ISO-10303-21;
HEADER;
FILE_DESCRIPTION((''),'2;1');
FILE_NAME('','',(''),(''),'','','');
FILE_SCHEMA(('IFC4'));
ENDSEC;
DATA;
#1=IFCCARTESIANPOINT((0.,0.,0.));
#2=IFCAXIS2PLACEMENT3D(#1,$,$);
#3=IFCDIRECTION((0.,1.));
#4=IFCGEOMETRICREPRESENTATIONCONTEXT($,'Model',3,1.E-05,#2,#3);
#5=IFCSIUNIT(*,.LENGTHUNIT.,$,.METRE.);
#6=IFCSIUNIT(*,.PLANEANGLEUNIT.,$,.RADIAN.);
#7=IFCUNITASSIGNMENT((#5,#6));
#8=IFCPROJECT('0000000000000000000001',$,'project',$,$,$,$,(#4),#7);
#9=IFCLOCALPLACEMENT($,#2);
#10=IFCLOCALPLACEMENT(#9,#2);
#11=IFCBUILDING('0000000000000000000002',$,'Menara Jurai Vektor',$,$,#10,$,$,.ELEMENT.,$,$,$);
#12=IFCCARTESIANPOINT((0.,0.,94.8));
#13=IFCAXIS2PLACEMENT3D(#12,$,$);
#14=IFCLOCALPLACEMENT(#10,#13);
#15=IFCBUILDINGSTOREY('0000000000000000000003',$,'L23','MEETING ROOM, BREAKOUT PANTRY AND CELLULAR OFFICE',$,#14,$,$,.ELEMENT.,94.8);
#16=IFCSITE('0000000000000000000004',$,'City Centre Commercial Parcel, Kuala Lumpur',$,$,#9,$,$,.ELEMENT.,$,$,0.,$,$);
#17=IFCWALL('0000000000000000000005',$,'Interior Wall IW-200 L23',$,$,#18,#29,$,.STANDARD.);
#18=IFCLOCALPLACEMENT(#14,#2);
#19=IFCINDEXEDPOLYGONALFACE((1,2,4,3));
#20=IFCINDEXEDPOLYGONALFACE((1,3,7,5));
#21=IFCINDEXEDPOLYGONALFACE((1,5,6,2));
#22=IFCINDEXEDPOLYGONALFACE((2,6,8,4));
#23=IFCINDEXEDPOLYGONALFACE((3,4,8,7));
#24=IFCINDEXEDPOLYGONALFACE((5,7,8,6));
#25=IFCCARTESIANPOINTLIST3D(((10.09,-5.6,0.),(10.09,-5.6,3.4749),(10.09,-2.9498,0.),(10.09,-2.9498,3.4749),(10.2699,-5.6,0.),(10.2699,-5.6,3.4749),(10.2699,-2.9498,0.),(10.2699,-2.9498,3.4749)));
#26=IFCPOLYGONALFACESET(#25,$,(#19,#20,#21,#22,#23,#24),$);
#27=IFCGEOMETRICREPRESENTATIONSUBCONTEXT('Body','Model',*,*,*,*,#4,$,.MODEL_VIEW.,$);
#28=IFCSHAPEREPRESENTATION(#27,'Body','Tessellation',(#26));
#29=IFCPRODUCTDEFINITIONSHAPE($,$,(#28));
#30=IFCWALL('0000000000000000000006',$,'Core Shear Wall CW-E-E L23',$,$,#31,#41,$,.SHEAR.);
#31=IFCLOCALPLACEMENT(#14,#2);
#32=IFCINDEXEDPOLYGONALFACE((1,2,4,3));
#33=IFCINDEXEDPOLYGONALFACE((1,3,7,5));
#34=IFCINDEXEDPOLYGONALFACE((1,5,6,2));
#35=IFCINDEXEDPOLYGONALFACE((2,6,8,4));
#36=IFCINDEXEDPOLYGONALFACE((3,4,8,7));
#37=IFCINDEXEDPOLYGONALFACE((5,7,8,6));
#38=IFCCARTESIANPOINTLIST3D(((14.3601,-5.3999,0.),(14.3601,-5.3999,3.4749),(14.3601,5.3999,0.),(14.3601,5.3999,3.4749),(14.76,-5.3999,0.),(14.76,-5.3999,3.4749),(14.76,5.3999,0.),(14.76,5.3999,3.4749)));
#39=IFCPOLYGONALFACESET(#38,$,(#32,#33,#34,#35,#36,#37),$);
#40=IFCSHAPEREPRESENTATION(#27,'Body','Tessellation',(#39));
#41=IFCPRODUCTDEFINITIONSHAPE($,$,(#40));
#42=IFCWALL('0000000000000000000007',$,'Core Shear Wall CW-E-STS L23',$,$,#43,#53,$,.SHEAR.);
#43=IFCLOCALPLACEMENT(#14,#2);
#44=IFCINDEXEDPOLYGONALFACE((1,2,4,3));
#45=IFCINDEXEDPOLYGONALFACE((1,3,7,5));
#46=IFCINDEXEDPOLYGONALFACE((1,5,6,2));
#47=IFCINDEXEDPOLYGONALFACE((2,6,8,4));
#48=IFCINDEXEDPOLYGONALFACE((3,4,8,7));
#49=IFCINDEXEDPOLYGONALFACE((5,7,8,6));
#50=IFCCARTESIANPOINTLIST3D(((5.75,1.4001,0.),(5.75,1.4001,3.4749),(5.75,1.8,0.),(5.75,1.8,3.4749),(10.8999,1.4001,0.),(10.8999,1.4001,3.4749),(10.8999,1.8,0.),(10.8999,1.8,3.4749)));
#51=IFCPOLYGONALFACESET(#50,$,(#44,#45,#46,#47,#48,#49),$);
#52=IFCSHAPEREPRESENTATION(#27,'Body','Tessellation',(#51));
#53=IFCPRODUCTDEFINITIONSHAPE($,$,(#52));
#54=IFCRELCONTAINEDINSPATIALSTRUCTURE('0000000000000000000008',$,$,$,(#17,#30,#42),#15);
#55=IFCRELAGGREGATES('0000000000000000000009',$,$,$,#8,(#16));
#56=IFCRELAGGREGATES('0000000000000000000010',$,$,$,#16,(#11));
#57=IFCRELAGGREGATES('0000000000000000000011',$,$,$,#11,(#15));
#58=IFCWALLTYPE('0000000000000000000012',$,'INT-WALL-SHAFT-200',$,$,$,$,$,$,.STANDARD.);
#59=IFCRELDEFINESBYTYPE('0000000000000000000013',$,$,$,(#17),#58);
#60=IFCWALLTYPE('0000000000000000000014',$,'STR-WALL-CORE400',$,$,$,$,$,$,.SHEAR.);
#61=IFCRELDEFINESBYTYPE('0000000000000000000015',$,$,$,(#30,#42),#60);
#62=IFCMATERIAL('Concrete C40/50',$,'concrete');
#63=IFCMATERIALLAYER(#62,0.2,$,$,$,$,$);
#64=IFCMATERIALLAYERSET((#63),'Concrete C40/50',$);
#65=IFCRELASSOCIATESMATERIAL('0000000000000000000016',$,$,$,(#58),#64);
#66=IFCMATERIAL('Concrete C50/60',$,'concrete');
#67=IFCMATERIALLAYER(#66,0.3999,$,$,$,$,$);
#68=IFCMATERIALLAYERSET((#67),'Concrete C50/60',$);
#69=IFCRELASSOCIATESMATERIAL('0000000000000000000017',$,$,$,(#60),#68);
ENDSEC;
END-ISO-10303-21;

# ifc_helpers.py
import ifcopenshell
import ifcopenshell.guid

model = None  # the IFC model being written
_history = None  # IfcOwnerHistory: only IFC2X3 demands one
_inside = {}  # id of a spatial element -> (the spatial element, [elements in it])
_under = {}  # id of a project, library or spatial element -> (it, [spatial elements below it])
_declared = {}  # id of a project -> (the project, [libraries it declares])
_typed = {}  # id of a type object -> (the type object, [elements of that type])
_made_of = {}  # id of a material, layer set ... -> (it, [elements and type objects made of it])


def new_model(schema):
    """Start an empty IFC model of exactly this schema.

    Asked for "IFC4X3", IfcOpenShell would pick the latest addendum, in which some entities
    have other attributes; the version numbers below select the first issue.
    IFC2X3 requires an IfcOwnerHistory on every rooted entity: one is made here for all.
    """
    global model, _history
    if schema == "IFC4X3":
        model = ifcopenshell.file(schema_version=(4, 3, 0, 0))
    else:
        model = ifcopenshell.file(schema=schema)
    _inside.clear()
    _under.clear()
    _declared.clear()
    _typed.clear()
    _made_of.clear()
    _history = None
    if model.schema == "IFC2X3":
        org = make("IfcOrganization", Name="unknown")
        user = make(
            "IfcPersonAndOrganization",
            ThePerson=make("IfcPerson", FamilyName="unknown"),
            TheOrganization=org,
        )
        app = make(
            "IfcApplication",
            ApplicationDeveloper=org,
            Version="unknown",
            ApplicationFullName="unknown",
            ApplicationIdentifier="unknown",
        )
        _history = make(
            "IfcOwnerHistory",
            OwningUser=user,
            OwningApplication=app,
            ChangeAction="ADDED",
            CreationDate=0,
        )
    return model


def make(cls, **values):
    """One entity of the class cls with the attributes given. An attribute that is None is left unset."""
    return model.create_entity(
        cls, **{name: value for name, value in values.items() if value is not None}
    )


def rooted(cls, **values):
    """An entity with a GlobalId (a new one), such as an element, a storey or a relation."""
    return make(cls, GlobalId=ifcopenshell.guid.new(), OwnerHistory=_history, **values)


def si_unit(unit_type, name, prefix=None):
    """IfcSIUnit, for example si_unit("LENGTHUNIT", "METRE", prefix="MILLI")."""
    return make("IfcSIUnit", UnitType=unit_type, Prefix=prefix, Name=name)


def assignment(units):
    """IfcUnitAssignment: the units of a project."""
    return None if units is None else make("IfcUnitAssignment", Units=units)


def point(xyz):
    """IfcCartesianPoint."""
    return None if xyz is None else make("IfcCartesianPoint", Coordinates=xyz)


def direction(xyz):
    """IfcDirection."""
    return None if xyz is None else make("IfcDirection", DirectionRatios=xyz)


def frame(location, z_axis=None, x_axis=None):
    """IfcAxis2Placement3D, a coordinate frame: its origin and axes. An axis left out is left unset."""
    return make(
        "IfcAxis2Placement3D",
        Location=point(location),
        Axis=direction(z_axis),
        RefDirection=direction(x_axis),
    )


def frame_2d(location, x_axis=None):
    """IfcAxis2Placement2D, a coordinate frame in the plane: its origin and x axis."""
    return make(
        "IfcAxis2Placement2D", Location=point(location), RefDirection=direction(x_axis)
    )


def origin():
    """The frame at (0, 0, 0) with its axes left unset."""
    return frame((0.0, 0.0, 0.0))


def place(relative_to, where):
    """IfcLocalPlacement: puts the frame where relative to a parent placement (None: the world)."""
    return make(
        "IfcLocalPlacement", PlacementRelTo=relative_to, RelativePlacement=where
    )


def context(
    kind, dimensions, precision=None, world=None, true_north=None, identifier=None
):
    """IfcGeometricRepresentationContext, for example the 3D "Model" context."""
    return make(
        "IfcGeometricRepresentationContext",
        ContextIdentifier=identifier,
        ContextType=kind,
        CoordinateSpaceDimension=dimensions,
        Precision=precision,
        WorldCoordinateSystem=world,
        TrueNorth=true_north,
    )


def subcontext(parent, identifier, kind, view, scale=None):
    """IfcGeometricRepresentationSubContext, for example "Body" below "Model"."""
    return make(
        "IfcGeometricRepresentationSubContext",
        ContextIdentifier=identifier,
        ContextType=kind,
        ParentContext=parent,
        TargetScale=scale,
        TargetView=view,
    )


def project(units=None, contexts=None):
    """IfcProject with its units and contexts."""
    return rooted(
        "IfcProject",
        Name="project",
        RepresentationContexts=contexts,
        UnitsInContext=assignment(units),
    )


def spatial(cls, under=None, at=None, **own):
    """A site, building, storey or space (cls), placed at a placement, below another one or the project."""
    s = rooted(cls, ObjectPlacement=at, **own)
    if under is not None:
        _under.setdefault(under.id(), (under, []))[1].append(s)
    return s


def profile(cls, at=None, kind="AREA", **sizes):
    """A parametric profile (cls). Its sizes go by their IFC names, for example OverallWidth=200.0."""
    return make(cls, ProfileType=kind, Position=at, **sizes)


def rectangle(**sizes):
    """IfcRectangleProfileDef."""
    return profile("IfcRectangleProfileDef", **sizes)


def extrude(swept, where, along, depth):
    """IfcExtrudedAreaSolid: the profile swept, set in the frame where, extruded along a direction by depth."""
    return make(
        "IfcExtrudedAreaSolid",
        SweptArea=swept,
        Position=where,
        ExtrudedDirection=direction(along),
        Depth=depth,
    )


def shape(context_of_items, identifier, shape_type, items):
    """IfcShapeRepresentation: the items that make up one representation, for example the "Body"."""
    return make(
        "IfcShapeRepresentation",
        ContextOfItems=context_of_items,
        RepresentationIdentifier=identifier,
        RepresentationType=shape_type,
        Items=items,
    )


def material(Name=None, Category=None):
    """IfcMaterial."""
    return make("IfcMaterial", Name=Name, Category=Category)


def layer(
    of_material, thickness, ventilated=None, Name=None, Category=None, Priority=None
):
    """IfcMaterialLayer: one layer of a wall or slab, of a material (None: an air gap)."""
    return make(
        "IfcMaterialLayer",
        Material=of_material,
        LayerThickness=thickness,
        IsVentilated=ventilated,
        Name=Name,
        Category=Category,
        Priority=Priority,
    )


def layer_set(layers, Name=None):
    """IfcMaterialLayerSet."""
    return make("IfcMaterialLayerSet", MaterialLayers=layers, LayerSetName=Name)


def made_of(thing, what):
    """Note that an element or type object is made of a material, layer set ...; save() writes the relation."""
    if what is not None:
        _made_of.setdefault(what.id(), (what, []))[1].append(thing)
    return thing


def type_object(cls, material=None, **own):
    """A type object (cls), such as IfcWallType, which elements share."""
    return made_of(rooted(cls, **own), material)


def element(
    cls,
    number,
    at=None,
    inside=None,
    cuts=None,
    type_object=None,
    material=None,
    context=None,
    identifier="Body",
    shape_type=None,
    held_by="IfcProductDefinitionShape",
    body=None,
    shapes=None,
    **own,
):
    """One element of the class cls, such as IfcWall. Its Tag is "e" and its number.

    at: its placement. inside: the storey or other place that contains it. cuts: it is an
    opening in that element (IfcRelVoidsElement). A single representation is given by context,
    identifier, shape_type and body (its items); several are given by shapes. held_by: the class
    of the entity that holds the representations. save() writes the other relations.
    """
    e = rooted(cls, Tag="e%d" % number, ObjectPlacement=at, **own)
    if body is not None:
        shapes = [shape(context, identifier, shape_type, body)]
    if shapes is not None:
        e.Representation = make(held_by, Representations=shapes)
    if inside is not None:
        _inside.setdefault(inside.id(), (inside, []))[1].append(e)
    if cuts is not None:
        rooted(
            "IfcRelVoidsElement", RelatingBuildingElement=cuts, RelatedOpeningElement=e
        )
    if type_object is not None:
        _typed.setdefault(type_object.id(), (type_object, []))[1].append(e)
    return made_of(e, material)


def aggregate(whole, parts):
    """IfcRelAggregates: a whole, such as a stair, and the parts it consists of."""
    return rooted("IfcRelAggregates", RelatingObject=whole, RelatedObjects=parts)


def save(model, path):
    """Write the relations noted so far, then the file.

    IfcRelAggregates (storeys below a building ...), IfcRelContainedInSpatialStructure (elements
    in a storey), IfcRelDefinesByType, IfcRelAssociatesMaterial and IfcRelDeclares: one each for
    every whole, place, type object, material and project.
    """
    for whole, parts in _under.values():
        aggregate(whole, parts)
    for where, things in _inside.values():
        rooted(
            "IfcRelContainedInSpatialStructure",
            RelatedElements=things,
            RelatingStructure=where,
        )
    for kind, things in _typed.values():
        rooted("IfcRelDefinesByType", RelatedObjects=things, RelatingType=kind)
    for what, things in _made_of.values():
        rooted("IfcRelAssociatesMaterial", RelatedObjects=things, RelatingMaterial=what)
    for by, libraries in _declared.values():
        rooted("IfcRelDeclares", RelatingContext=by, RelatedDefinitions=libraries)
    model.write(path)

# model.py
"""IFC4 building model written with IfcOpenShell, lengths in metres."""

from ifc_helpers import new_model, si_unit, direction, frame, frame_2d, origin, place, context, subcontext, project, spatial, rectangle, extrude, material, layer, layer_set, type_object, element, save


model = new_model("IFC4")

# Units and contexts
model_context = context("Model", 3, precision=1e-05, world=origin(), true_north=direction((0.0, 1.0)))
body_context = subcontext(model_context, "Body", "Model", "MODEL_VIEW")
ifc_project = project(units=[si_unit("LENGTHUNIT", "METRE"), si_unit("PLANEANGLEUNIT", "RADIAN")], contexts=[model_context])

# Site, building, storey
site_placement = place(None, origin())
site = spatial("IfcSite", under=ifc_project, at=site_placement, Name="City Centre Commercial Parcel, Kuala Lumpur", CompositionType="ELEMENT", RefElevation=0.0)
building_placement = place(site_placement, origin())
building = spatial("IfcBuilding", under=site, at=building_placement, Name="Menara Jurai Vektor", CompositionType="ELEMENT")
storey_placement = place(building_placement, frame((0.0, 0.0, 94.8)))
storey = spatial("IfcBuildingStorey", under=building, at=storey_placement, Name="L23", Description="MEETING ROOM, BREAKOUT PANTRY AND CELLULAR OFFICE", CompositionType="ELEMENT", Elevation=94.8)

# Shared definitions
ifc_material_1 = material(Name="Concrete C50/60", Category="concrete")

# Shared definitions
ifc_material_2 = material(Name="Concrete C40/50", Category="concrete")

# Shared definitions
ifc_layer_1 = layer(ifc_material_2, 0.2)
ifc_layer_set_1 = layer_set([ifc_layer_1], Name="Concrete C40/50")
wall_type_1 = type_object("IfcWallType", Name="INT-WALL-SHAFT-200", PredefinedType="STANDARD", material=ifc_layer_set_1)

# Walls
wall_1_placement = place(storey_placement, frame((10.1799, -5.6001, 0.0), z_axis=(0.0, 0.0, 1.0), x_axis=(0.0, 1.0, 0.0)))
element("IfcWall", 1, at=wall_1_placement, inside=storey, type_object=wall_type_1, Name="Interior Wall IW-200 L23", PredefinedType="STANDARD", context=body_context, shape_type="SweptSolid", body=[
    extrude(rectangle(XDim=2.6501, YDim=0.1799, at=frame_2d((1.3252, 0.0))), origin(), (0.0, 0.0, 1.0), 3.4749),
])
ifc_layer_2 = layer(ifc_material_1, 0.3999)
ifc_layer_set_2 = layer_set([ifc_layer_2], Name="Concrete C50/60")
wall_type_2 = type_object("IfcWallType", Name="STR-WALL-CORE400", PredefinedType="SHEAR", material=ifc_layer_set_2)
wall_2_placement = place(storey_placement, frame((14.5601, -5.3999, 0.0), z_axis=(0.0, 0.0, 1.0), x_axis=(0.0, 1.0, 0.0)))
element("IfcWall", 2, at=wall_2_placement, inside=storey, type_object=wall_type_2, Name="Core Shear Wall CW-E-E L23", PredefinedType="SHEAR", context=body_context, shape_type="SweptSolid", body=[
    extrude(rectangle(XDim=10.7998, YDim=0.3999, at=frame_2d((5.3999, 0.0))), origin(), (0.0, 0.0, 1.0), 3.4749),
])
wall_3_placement = place(storey_placement, frame((5.75, 1.6001, 0.0), z_axis=(0.0, 0.0, 1.0), x_axis=(1.0, 0.0, 0.0)))
element("IfcWall", 3, at=wall_3_placement, inside=storey, type_object=wall_type_2, Name="Core Shear Wall CW-E-STS L23", PredefinedType="SHEAR", context=body_context, shape_type="SweptSolid", body=[
    extrude(rectangle(XDim=5.1499, YDim=0.3999, at=frame_2d((2.575, 0.0))), origin(), (0.0, 0.0, 1.0), 3.4749),
])

save(model, "model.ifc")
